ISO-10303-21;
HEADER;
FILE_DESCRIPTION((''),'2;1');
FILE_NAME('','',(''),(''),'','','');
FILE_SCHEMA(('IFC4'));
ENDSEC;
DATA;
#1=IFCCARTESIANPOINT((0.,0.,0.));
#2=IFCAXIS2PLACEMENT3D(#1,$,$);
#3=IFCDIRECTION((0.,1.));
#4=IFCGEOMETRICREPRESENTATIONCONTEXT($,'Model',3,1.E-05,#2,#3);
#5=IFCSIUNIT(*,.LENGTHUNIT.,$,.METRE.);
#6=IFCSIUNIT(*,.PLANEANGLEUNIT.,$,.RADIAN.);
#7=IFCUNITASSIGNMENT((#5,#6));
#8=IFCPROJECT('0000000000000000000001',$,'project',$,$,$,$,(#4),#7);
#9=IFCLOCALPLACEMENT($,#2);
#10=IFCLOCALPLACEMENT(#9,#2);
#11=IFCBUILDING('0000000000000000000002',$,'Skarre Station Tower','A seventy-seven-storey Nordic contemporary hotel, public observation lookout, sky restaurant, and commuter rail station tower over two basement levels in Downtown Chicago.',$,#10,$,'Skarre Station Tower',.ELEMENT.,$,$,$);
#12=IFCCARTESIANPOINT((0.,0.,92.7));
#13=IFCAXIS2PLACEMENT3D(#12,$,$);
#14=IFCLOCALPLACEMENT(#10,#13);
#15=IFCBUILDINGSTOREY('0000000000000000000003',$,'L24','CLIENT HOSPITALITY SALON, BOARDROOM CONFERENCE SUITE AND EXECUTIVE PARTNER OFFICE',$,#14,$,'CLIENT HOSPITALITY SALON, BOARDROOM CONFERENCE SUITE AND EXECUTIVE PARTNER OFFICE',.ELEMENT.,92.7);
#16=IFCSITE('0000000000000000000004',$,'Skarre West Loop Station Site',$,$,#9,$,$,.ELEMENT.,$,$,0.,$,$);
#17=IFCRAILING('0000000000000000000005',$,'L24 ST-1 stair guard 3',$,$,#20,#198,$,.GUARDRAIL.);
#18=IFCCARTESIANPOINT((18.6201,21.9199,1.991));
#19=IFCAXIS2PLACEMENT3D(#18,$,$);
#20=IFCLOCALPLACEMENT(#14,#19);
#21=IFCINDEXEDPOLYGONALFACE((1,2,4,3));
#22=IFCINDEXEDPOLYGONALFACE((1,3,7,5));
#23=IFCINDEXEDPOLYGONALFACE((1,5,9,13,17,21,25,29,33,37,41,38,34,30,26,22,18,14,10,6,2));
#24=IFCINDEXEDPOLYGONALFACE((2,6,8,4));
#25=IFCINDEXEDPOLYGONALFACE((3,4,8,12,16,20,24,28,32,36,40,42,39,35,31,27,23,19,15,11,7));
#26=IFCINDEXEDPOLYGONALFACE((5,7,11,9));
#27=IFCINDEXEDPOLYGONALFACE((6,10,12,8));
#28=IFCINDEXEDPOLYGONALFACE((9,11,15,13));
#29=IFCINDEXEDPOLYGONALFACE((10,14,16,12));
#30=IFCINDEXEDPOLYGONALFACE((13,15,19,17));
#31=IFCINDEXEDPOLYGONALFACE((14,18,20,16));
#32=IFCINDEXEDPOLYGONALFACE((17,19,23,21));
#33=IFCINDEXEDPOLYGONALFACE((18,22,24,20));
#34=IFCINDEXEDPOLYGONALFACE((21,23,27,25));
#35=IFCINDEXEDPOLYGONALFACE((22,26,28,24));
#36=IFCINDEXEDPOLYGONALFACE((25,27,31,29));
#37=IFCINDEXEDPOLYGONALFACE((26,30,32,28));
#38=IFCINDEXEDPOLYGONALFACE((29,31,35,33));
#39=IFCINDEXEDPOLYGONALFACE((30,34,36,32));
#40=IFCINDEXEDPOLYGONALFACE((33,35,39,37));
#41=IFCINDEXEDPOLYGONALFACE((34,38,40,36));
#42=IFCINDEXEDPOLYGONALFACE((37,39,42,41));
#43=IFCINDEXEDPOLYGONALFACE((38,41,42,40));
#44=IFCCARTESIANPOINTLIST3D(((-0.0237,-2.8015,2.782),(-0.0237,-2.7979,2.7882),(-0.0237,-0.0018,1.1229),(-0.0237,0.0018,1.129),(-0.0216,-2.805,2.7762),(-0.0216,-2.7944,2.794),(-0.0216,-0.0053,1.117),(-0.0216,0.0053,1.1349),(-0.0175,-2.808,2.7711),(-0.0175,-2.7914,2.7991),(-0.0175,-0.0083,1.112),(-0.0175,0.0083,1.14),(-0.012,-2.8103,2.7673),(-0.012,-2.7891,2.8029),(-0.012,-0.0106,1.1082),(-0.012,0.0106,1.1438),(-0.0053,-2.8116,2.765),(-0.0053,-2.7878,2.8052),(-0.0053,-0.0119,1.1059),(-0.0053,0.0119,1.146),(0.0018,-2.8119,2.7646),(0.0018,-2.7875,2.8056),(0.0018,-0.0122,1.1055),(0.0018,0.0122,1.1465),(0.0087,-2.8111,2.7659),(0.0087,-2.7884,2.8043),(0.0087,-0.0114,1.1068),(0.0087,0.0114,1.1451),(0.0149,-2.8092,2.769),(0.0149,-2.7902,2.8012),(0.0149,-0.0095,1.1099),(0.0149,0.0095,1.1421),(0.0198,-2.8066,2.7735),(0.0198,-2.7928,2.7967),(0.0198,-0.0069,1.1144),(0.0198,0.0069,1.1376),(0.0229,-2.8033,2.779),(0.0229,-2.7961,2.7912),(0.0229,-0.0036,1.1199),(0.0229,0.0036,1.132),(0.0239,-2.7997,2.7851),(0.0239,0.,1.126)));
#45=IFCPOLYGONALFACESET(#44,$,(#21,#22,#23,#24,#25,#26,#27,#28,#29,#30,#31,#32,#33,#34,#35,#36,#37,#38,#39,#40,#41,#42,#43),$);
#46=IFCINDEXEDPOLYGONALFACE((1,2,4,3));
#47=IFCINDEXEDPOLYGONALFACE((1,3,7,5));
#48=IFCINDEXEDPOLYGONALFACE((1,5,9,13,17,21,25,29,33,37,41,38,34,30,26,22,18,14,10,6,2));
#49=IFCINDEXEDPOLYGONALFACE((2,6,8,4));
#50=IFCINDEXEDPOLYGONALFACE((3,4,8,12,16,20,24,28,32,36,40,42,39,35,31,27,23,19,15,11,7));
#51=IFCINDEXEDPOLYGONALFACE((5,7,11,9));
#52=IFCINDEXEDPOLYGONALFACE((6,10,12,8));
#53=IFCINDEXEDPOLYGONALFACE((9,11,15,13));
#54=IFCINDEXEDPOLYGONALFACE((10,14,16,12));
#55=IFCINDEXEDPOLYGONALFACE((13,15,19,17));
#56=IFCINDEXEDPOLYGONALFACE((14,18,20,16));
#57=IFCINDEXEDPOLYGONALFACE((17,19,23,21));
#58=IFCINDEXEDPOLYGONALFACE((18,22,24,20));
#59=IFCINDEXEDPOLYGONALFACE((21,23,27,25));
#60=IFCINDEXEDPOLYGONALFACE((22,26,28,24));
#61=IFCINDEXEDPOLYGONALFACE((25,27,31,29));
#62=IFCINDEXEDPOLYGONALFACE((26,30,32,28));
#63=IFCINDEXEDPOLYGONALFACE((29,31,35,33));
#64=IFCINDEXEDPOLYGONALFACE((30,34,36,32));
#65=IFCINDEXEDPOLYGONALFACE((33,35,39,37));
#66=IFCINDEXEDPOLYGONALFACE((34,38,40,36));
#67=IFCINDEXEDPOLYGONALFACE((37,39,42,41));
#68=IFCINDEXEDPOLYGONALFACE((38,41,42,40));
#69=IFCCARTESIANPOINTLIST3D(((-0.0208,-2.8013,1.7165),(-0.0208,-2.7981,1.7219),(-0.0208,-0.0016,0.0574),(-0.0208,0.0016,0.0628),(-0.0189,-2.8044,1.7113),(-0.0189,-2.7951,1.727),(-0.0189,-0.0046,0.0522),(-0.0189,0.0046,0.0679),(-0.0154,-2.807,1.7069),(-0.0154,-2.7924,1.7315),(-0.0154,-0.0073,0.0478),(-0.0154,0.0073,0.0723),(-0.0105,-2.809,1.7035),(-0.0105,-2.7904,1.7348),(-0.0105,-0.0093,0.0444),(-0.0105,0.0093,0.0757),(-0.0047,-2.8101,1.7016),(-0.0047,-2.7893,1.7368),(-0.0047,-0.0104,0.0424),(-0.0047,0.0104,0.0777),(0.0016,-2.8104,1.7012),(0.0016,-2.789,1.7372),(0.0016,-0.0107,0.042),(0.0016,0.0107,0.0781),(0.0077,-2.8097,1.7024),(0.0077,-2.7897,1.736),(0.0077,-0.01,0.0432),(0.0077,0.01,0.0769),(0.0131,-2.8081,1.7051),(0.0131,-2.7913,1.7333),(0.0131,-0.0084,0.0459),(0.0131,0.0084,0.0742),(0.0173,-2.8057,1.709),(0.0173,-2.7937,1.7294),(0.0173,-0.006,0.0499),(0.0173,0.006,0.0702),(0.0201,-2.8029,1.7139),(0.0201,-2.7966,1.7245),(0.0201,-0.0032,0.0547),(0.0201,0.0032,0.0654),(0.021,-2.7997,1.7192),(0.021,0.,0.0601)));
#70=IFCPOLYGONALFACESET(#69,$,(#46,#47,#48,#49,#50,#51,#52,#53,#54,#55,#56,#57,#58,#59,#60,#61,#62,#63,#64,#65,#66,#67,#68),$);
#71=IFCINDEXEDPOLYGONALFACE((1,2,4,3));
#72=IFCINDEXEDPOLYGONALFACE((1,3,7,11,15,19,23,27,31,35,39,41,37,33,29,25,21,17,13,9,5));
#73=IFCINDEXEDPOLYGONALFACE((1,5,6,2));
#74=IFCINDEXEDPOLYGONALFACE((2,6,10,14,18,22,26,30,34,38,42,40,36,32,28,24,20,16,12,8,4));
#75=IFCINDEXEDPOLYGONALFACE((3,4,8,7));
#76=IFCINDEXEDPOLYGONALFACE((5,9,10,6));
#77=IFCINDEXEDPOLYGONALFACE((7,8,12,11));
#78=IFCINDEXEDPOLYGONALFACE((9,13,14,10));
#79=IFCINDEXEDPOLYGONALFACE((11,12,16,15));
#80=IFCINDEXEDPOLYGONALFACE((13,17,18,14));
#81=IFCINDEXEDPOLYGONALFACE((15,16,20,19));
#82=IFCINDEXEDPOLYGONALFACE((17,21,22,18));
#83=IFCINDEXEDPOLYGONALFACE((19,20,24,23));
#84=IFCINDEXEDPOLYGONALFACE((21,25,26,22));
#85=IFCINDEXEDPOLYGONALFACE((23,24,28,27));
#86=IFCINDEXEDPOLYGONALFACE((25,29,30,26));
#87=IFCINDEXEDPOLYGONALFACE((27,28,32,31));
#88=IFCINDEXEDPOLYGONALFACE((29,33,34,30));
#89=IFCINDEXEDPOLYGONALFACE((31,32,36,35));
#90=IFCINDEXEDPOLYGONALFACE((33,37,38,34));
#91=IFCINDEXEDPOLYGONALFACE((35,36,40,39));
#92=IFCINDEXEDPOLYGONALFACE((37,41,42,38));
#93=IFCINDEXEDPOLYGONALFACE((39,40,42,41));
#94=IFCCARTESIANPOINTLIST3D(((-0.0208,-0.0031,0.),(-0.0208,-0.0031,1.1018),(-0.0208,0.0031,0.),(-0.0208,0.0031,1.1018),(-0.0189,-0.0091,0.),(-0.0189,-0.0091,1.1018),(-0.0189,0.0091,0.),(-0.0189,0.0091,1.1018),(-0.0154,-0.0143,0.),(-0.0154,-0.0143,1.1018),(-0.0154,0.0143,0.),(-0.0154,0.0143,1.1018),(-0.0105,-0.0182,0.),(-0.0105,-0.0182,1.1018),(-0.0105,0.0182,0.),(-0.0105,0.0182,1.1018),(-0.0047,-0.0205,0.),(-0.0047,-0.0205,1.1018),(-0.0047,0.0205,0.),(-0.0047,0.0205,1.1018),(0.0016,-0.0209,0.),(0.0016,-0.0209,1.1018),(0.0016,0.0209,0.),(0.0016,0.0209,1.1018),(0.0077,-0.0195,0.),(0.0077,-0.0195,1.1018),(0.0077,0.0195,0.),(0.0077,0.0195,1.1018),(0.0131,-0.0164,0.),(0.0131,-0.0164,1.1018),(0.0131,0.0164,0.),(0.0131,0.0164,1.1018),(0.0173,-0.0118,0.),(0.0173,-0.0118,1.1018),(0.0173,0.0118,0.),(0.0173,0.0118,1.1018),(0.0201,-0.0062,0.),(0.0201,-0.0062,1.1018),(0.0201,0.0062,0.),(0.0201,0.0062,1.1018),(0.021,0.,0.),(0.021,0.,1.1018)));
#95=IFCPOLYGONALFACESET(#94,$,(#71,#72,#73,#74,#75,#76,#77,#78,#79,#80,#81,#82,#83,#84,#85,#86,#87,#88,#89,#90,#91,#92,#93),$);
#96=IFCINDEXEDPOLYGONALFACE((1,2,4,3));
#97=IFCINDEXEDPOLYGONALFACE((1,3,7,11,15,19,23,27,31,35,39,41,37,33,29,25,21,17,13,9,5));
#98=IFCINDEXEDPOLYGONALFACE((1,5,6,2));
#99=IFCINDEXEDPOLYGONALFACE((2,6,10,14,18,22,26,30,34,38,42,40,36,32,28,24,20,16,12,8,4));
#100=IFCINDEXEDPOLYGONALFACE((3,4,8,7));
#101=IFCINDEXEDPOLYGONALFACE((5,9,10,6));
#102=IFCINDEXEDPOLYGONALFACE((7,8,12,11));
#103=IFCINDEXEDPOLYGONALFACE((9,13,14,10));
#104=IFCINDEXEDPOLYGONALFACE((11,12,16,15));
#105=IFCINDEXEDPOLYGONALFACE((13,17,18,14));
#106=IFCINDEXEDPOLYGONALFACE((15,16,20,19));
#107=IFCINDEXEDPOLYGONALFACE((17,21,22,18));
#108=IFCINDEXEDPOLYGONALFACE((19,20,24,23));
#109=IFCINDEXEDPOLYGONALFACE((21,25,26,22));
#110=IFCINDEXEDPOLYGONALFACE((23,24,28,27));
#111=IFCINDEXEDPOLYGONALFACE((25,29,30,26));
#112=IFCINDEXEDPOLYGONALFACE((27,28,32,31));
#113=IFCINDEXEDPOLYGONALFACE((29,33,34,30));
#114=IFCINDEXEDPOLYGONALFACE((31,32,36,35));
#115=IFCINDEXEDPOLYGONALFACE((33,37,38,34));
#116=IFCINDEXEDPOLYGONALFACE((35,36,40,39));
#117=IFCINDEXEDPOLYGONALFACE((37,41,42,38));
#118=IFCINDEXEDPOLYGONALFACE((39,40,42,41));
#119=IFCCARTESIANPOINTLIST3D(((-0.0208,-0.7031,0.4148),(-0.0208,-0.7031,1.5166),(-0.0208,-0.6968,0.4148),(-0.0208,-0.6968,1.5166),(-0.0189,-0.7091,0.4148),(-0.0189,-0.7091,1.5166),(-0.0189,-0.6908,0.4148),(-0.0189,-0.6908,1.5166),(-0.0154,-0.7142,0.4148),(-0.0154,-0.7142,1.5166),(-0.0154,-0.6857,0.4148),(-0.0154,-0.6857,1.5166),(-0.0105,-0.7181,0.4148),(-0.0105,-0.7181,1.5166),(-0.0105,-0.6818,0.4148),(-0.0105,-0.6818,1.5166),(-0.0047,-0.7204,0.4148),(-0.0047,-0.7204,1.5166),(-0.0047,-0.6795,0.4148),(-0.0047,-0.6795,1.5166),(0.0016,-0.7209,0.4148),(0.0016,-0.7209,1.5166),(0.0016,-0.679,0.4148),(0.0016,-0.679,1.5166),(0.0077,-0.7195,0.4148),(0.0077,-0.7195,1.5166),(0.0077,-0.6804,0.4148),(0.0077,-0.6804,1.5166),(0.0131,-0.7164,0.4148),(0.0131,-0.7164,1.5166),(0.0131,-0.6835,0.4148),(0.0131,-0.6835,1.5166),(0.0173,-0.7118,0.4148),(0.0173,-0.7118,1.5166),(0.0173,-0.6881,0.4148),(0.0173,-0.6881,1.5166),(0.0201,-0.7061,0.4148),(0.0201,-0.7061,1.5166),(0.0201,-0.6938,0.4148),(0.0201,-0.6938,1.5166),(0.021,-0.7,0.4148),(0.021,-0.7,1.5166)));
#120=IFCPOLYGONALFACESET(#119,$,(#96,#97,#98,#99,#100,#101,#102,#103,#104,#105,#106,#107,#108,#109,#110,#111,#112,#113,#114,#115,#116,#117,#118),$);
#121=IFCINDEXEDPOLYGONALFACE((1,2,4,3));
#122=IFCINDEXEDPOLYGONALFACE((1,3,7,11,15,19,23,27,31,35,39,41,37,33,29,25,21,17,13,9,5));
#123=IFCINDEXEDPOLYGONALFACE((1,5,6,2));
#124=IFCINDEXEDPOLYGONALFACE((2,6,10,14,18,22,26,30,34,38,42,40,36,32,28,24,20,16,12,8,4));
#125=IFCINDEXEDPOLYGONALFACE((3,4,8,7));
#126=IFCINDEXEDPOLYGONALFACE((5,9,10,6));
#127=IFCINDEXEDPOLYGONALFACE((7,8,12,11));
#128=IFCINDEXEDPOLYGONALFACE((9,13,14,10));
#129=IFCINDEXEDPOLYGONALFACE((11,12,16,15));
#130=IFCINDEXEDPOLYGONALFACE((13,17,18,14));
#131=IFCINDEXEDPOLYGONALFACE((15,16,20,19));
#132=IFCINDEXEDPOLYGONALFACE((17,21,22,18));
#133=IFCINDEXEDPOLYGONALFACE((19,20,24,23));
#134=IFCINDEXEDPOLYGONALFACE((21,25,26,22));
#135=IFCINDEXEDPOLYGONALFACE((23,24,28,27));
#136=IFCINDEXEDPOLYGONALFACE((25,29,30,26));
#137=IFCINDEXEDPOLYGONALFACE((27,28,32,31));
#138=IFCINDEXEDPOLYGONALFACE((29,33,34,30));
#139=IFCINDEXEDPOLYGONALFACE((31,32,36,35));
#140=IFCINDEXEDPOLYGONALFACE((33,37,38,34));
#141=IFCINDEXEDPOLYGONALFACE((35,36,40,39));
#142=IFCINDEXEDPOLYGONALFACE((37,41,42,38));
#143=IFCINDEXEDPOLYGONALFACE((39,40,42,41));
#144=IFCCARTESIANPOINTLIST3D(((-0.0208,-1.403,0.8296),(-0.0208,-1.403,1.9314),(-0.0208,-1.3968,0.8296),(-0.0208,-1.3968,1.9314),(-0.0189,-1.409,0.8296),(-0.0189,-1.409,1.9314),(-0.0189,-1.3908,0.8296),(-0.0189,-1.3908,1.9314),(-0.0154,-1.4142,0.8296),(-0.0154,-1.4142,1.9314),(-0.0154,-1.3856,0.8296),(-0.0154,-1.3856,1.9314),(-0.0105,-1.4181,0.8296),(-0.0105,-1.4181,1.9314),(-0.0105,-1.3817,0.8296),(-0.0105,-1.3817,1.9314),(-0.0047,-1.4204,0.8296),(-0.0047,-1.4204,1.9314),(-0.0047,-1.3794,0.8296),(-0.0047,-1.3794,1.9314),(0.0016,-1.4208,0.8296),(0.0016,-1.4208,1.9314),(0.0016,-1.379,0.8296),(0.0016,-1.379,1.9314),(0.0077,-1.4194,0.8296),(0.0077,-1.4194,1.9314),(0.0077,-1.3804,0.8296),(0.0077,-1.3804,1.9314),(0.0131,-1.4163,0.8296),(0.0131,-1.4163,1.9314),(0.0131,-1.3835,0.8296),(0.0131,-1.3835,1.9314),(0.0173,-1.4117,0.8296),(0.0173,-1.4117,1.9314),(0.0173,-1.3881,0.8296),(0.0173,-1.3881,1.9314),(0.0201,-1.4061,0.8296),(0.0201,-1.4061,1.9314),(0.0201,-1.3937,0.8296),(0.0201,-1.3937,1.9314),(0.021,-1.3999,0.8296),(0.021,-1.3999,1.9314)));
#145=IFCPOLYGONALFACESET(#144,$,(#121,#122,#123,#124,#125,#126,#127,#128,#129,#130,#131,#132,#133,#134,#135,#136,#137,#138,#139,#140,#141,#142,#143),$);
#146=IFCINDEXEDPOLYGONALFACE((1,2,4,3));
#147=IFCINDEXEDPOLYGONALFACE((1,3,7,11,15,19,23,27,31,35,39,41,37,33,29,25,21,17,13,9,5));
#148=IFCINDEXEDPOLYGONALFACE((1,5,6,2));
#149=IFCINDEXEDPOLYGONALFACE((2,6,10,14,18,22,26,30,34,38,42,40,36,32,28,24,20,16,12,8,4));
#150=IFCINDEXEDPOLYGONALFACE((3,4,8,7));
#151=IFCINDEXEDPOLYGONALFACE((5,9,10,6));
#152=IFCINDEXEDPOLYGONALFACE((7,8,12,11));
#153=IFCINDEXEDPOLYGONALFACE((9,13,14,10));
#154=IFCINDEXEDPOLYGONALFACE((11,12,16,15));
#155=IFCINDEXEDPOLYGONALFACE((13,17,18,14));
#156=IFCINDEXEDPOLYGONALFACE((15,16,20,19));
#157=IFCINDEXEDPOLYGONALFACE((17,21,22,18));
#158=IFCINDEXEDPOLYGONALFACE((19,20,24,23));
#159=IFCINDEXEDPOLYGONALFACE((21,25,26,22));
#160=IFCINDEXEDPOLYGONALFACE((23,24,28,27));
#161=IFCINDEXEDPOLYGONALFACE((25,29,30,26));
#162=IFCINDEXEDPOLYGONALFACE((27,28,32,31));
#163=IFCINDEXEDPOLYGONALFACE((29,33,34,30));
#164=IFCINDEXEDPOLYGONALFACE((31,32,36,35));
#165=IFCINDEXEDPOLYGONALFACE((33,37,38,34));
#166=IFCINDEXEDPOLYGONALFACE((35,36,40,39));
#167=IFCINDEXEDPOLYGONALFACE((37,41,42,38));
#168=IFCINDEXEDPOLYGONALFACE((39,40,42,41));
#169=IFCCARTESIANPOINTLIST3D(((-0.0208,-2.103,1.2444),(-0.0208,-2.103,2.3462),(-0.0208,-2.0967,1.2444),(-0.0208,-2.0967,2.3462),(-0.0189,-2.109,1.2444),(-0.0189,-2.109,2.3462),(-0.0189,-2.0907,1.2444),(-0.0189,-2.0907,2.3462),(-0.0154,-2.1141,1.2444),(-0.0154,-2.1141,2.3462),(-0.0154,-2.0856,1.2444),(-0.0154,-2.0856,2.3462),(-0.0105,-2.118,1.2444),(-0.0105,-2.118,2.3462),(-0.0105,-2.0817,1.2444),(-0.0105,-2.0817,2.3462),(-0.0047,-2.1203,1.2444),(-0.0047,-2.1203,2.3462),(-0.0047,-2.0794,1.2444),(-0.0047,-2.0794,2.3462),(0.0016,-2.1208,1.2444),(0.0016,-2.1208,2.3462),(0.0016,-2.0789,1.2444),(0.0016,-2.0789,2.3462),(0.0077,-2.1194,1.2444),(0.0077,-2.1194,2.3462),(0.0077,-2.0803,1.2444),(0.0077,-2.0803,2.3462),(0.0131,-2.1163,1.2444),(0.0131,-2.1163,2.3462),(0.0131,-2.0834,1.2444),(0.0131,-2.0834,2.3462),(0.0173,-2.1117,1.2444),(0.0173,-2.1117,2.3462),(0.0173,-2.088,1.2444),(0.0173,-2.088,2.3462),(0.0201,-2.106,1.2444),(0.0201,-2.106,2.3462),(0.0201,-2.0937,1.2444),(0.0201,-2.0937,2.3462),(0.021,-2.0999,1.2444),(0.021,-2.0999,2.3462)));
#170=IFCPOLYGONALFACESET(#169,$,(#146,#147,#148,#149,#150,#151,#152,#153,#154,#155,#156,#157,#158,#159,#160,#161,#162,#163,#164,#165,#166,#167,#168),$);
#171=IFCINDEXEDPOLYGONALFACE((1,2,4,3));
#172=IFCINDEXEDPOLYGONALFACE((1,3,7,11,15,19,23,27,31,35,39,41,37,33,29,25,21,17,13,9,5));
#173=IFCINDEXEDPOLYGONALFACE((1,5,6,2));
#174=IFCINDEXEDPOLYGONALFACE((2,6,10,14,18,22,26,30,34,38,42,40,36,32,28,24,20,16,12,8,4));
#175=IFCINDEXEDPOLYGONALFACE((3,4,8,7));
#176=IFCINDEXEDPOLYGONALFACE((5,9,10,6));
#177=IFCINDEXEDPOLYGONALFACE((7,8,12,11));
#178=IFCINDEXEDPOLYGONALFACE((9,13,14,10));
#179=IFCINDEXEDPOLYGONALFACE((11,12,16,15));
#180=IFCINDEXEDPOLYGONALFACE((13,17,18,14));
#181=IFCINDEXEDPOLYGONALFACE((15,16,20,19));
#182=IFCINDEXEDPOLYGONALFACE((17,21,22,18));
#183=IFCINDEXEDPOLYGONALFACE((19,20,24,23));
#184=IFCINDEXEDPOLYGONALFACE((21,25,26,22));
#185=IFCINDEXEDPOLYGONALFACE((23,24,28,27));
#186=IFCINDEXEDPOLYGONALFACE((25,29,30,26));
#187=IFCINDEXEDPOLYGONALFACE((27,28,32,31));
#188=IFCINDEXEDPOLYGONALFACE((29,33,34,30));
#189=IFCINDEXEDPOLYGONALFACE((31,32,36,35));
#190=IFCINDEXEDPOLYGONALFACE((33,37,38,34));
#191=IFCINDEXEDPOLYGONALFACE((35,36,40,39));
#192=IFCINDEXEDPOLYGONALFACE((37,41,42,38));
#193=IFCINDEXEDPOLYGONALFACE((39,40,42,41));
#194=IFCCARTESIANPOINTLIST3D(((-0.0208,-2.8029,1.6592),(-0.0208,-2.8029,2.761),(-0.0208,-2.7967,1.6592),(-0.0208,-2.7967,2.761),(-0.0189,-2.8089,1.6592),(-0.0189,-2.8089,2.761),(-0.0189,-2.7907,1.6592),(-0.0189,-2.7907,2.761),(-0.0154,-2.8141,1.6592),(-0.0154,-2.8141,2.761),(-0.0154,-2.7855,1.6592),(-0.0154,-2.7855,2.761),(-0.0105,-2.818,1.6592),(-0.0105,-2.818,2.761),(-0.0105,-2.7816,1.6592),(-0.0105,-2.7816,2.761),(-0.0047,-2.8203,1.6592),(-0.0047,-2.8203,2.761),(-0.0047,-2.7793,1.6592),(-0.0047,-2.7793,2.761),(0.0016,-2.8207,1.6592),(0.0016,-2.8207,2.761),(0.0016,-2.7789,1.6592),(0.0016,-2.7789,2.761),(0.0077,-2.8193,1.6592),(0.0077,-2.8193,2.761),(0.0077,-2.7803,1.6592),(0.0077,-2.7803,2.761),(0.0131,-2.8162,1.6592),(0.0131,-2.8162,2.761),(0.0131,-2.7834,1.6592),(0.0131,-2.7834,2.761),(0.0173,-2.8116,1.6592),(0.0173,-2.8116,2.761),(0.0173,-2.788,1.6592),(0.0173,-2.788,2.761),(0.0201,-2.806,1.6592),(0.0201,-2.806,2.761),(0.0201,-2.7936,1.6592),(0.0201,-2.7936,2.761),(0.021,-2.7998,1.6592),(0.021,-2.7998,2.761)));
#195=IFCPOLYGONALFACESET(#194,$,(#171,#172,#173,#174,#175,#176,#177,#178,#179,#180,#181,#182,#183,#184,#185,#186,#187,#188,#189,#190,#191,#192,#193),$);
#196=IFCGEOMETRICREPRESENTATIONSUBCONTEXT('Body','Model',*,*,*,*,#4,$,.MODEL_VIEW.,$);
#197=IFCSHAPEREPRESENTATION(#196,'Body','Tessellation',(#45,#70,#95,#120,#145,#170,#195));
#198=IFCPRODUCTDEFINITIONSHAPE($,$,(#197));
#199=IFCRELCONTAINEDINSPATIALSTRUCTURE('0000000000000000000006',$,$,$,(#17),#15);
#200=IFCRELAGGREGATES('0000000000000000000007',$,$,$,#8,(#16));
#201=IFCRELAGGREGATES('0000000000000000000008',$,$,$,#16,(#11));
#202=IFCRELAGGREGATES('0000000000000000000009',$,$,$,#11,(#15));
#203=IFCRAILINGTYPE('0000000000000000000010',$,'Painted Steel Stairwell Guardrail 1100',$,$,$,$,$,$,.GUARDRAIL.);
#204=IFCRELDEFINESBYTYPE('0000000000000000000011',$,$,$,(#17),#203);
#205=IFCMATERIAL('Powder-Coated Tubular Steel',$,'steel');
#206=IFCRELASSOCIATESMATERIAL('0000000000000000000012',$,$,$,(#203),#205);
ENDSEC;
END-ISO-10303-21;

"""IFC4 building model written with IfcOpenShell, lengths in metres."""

from ifc_helpers import new_model, si_unit, direction, frame, origin, origin_2d, place, context, subcontext, project, spatial, circle, extrude, material, type_object, element, save


model = new_model("IFC4")

# Units and contexts
model_context = context("Model", 3, precision=1e-05, world=origin(), true_north=direction((0.0, 1.0)))
body_context = subcontext(model_context, "Body", "Model", "MODEL_VIEW")
ifc_project = project(units=[si_unit("LENGTHUNIT", "METRE"), si_unit("PLANEANGLEUNIT", "RADIAN")], contexts=[model_context])

# Site, building, storey
site_placement = place(None, origin())
site = spatial("IfcSite", under=ifc_project, at=site_placement, Name="Skarre West Loop Station Site", CompositionType="ELEMENT", RefElevation=0.0)
building_placement = place(site_placement, origin())
building = spatial("IfcBuilding", under=site, at=building_placement, Name="Skarre Station Tower", Description="A seventy-seven-storey Nordic contemporary hotel, public observation lookout, sky restaurant, and commuter rail station tower over two basement levels in Downtown Chicago.", LongName="Skarre Station Tower", CompositionType="ELEMENT")
storey_placement = place(building_placement, frame((0.0, 0.0, 92.7)))
storey = spatial("IfcBuildingStorey", under=building, at=storey_placement, Name="L24", Description="CLIENT HOSPITALITY SALON, BOARDROOM CONFERENCE SUITE AND EXECUTIVE PARTNER OFFICE", LongName="CLIENT HOSPITALITY SALON, BOARDROOM CONFERENCE SUITE AND EXECUTIVE PARTNER OFFICE", CompositionType="ELEMENT", Elevation=92.7)

# Railing
ifc_material_1 = material(Name="Powder-Coated Tubular Steel", Category="steel")
railing_type = type_object("IfcRailingType", Name="Painted Steel Stairwell Guardrail 1100", PredefinedType="GUARDRAIL", material=ifc_material_1)
railing_1_placement = place(storey_placement, frame((18.6201, 21.9199, 1.991)))
element("IfcRailing", 1, at=railing_1_placement, inside=storey, type_object=railing_type, Name="L24 ST-1 stair guard 3", PredefinedType="GUARDRAIL", context=body_context, shape_type="SweptSolid", body=[
    extrude(circle(Radius=0.0239, at=origin_2d()), frame((0.0, 0.0, 1.126), z_axis=(0.0, -0.860287, 0.509811), x_axis=(1.0, 0.0, 0.0)), (0.0, 0.0, 1.0), 3.2544),
    extrude(circle(Radius=0.021, at=origin_2d()), frame((0.0, 0.0, 0.0601), z_axis=(0.0, -0.860287, 0.509811), x_axis=(1.0, 0.0, 0.0)), (0.0, 0.0, 1.0), 3.2544),
    extrude(circle(Radius=0.021, at=origin_2d()), origin(), (0.0, 0.0, 1.0), 1.1018),
    extrude(circle(Radius=0.021, at=origin_2d()), frame((0.0, -0.7, 0.4148)), (0.0, 0.0, 1.0), 1.1018),
    extrude(circle(Radius=0.021, at=origin_2d()), frame((0.0, -1.3999, 0.8296)), (0.0, 0.0, 1.0), 1.1018),
    extrude(circle(Radius=0.021, at=origin_2d()), frame((0.0, -2.0999, 1.2444)), (0.0, 0.0, 1.0), 1.1018),
    extrude(circle(Radius=0.021, at=origin_2d()), frame((0.0, -2.7998, 1.6592)), (0.0, 0.0, 1.0), 1.1018),
])

save(model, "model.ifc")
